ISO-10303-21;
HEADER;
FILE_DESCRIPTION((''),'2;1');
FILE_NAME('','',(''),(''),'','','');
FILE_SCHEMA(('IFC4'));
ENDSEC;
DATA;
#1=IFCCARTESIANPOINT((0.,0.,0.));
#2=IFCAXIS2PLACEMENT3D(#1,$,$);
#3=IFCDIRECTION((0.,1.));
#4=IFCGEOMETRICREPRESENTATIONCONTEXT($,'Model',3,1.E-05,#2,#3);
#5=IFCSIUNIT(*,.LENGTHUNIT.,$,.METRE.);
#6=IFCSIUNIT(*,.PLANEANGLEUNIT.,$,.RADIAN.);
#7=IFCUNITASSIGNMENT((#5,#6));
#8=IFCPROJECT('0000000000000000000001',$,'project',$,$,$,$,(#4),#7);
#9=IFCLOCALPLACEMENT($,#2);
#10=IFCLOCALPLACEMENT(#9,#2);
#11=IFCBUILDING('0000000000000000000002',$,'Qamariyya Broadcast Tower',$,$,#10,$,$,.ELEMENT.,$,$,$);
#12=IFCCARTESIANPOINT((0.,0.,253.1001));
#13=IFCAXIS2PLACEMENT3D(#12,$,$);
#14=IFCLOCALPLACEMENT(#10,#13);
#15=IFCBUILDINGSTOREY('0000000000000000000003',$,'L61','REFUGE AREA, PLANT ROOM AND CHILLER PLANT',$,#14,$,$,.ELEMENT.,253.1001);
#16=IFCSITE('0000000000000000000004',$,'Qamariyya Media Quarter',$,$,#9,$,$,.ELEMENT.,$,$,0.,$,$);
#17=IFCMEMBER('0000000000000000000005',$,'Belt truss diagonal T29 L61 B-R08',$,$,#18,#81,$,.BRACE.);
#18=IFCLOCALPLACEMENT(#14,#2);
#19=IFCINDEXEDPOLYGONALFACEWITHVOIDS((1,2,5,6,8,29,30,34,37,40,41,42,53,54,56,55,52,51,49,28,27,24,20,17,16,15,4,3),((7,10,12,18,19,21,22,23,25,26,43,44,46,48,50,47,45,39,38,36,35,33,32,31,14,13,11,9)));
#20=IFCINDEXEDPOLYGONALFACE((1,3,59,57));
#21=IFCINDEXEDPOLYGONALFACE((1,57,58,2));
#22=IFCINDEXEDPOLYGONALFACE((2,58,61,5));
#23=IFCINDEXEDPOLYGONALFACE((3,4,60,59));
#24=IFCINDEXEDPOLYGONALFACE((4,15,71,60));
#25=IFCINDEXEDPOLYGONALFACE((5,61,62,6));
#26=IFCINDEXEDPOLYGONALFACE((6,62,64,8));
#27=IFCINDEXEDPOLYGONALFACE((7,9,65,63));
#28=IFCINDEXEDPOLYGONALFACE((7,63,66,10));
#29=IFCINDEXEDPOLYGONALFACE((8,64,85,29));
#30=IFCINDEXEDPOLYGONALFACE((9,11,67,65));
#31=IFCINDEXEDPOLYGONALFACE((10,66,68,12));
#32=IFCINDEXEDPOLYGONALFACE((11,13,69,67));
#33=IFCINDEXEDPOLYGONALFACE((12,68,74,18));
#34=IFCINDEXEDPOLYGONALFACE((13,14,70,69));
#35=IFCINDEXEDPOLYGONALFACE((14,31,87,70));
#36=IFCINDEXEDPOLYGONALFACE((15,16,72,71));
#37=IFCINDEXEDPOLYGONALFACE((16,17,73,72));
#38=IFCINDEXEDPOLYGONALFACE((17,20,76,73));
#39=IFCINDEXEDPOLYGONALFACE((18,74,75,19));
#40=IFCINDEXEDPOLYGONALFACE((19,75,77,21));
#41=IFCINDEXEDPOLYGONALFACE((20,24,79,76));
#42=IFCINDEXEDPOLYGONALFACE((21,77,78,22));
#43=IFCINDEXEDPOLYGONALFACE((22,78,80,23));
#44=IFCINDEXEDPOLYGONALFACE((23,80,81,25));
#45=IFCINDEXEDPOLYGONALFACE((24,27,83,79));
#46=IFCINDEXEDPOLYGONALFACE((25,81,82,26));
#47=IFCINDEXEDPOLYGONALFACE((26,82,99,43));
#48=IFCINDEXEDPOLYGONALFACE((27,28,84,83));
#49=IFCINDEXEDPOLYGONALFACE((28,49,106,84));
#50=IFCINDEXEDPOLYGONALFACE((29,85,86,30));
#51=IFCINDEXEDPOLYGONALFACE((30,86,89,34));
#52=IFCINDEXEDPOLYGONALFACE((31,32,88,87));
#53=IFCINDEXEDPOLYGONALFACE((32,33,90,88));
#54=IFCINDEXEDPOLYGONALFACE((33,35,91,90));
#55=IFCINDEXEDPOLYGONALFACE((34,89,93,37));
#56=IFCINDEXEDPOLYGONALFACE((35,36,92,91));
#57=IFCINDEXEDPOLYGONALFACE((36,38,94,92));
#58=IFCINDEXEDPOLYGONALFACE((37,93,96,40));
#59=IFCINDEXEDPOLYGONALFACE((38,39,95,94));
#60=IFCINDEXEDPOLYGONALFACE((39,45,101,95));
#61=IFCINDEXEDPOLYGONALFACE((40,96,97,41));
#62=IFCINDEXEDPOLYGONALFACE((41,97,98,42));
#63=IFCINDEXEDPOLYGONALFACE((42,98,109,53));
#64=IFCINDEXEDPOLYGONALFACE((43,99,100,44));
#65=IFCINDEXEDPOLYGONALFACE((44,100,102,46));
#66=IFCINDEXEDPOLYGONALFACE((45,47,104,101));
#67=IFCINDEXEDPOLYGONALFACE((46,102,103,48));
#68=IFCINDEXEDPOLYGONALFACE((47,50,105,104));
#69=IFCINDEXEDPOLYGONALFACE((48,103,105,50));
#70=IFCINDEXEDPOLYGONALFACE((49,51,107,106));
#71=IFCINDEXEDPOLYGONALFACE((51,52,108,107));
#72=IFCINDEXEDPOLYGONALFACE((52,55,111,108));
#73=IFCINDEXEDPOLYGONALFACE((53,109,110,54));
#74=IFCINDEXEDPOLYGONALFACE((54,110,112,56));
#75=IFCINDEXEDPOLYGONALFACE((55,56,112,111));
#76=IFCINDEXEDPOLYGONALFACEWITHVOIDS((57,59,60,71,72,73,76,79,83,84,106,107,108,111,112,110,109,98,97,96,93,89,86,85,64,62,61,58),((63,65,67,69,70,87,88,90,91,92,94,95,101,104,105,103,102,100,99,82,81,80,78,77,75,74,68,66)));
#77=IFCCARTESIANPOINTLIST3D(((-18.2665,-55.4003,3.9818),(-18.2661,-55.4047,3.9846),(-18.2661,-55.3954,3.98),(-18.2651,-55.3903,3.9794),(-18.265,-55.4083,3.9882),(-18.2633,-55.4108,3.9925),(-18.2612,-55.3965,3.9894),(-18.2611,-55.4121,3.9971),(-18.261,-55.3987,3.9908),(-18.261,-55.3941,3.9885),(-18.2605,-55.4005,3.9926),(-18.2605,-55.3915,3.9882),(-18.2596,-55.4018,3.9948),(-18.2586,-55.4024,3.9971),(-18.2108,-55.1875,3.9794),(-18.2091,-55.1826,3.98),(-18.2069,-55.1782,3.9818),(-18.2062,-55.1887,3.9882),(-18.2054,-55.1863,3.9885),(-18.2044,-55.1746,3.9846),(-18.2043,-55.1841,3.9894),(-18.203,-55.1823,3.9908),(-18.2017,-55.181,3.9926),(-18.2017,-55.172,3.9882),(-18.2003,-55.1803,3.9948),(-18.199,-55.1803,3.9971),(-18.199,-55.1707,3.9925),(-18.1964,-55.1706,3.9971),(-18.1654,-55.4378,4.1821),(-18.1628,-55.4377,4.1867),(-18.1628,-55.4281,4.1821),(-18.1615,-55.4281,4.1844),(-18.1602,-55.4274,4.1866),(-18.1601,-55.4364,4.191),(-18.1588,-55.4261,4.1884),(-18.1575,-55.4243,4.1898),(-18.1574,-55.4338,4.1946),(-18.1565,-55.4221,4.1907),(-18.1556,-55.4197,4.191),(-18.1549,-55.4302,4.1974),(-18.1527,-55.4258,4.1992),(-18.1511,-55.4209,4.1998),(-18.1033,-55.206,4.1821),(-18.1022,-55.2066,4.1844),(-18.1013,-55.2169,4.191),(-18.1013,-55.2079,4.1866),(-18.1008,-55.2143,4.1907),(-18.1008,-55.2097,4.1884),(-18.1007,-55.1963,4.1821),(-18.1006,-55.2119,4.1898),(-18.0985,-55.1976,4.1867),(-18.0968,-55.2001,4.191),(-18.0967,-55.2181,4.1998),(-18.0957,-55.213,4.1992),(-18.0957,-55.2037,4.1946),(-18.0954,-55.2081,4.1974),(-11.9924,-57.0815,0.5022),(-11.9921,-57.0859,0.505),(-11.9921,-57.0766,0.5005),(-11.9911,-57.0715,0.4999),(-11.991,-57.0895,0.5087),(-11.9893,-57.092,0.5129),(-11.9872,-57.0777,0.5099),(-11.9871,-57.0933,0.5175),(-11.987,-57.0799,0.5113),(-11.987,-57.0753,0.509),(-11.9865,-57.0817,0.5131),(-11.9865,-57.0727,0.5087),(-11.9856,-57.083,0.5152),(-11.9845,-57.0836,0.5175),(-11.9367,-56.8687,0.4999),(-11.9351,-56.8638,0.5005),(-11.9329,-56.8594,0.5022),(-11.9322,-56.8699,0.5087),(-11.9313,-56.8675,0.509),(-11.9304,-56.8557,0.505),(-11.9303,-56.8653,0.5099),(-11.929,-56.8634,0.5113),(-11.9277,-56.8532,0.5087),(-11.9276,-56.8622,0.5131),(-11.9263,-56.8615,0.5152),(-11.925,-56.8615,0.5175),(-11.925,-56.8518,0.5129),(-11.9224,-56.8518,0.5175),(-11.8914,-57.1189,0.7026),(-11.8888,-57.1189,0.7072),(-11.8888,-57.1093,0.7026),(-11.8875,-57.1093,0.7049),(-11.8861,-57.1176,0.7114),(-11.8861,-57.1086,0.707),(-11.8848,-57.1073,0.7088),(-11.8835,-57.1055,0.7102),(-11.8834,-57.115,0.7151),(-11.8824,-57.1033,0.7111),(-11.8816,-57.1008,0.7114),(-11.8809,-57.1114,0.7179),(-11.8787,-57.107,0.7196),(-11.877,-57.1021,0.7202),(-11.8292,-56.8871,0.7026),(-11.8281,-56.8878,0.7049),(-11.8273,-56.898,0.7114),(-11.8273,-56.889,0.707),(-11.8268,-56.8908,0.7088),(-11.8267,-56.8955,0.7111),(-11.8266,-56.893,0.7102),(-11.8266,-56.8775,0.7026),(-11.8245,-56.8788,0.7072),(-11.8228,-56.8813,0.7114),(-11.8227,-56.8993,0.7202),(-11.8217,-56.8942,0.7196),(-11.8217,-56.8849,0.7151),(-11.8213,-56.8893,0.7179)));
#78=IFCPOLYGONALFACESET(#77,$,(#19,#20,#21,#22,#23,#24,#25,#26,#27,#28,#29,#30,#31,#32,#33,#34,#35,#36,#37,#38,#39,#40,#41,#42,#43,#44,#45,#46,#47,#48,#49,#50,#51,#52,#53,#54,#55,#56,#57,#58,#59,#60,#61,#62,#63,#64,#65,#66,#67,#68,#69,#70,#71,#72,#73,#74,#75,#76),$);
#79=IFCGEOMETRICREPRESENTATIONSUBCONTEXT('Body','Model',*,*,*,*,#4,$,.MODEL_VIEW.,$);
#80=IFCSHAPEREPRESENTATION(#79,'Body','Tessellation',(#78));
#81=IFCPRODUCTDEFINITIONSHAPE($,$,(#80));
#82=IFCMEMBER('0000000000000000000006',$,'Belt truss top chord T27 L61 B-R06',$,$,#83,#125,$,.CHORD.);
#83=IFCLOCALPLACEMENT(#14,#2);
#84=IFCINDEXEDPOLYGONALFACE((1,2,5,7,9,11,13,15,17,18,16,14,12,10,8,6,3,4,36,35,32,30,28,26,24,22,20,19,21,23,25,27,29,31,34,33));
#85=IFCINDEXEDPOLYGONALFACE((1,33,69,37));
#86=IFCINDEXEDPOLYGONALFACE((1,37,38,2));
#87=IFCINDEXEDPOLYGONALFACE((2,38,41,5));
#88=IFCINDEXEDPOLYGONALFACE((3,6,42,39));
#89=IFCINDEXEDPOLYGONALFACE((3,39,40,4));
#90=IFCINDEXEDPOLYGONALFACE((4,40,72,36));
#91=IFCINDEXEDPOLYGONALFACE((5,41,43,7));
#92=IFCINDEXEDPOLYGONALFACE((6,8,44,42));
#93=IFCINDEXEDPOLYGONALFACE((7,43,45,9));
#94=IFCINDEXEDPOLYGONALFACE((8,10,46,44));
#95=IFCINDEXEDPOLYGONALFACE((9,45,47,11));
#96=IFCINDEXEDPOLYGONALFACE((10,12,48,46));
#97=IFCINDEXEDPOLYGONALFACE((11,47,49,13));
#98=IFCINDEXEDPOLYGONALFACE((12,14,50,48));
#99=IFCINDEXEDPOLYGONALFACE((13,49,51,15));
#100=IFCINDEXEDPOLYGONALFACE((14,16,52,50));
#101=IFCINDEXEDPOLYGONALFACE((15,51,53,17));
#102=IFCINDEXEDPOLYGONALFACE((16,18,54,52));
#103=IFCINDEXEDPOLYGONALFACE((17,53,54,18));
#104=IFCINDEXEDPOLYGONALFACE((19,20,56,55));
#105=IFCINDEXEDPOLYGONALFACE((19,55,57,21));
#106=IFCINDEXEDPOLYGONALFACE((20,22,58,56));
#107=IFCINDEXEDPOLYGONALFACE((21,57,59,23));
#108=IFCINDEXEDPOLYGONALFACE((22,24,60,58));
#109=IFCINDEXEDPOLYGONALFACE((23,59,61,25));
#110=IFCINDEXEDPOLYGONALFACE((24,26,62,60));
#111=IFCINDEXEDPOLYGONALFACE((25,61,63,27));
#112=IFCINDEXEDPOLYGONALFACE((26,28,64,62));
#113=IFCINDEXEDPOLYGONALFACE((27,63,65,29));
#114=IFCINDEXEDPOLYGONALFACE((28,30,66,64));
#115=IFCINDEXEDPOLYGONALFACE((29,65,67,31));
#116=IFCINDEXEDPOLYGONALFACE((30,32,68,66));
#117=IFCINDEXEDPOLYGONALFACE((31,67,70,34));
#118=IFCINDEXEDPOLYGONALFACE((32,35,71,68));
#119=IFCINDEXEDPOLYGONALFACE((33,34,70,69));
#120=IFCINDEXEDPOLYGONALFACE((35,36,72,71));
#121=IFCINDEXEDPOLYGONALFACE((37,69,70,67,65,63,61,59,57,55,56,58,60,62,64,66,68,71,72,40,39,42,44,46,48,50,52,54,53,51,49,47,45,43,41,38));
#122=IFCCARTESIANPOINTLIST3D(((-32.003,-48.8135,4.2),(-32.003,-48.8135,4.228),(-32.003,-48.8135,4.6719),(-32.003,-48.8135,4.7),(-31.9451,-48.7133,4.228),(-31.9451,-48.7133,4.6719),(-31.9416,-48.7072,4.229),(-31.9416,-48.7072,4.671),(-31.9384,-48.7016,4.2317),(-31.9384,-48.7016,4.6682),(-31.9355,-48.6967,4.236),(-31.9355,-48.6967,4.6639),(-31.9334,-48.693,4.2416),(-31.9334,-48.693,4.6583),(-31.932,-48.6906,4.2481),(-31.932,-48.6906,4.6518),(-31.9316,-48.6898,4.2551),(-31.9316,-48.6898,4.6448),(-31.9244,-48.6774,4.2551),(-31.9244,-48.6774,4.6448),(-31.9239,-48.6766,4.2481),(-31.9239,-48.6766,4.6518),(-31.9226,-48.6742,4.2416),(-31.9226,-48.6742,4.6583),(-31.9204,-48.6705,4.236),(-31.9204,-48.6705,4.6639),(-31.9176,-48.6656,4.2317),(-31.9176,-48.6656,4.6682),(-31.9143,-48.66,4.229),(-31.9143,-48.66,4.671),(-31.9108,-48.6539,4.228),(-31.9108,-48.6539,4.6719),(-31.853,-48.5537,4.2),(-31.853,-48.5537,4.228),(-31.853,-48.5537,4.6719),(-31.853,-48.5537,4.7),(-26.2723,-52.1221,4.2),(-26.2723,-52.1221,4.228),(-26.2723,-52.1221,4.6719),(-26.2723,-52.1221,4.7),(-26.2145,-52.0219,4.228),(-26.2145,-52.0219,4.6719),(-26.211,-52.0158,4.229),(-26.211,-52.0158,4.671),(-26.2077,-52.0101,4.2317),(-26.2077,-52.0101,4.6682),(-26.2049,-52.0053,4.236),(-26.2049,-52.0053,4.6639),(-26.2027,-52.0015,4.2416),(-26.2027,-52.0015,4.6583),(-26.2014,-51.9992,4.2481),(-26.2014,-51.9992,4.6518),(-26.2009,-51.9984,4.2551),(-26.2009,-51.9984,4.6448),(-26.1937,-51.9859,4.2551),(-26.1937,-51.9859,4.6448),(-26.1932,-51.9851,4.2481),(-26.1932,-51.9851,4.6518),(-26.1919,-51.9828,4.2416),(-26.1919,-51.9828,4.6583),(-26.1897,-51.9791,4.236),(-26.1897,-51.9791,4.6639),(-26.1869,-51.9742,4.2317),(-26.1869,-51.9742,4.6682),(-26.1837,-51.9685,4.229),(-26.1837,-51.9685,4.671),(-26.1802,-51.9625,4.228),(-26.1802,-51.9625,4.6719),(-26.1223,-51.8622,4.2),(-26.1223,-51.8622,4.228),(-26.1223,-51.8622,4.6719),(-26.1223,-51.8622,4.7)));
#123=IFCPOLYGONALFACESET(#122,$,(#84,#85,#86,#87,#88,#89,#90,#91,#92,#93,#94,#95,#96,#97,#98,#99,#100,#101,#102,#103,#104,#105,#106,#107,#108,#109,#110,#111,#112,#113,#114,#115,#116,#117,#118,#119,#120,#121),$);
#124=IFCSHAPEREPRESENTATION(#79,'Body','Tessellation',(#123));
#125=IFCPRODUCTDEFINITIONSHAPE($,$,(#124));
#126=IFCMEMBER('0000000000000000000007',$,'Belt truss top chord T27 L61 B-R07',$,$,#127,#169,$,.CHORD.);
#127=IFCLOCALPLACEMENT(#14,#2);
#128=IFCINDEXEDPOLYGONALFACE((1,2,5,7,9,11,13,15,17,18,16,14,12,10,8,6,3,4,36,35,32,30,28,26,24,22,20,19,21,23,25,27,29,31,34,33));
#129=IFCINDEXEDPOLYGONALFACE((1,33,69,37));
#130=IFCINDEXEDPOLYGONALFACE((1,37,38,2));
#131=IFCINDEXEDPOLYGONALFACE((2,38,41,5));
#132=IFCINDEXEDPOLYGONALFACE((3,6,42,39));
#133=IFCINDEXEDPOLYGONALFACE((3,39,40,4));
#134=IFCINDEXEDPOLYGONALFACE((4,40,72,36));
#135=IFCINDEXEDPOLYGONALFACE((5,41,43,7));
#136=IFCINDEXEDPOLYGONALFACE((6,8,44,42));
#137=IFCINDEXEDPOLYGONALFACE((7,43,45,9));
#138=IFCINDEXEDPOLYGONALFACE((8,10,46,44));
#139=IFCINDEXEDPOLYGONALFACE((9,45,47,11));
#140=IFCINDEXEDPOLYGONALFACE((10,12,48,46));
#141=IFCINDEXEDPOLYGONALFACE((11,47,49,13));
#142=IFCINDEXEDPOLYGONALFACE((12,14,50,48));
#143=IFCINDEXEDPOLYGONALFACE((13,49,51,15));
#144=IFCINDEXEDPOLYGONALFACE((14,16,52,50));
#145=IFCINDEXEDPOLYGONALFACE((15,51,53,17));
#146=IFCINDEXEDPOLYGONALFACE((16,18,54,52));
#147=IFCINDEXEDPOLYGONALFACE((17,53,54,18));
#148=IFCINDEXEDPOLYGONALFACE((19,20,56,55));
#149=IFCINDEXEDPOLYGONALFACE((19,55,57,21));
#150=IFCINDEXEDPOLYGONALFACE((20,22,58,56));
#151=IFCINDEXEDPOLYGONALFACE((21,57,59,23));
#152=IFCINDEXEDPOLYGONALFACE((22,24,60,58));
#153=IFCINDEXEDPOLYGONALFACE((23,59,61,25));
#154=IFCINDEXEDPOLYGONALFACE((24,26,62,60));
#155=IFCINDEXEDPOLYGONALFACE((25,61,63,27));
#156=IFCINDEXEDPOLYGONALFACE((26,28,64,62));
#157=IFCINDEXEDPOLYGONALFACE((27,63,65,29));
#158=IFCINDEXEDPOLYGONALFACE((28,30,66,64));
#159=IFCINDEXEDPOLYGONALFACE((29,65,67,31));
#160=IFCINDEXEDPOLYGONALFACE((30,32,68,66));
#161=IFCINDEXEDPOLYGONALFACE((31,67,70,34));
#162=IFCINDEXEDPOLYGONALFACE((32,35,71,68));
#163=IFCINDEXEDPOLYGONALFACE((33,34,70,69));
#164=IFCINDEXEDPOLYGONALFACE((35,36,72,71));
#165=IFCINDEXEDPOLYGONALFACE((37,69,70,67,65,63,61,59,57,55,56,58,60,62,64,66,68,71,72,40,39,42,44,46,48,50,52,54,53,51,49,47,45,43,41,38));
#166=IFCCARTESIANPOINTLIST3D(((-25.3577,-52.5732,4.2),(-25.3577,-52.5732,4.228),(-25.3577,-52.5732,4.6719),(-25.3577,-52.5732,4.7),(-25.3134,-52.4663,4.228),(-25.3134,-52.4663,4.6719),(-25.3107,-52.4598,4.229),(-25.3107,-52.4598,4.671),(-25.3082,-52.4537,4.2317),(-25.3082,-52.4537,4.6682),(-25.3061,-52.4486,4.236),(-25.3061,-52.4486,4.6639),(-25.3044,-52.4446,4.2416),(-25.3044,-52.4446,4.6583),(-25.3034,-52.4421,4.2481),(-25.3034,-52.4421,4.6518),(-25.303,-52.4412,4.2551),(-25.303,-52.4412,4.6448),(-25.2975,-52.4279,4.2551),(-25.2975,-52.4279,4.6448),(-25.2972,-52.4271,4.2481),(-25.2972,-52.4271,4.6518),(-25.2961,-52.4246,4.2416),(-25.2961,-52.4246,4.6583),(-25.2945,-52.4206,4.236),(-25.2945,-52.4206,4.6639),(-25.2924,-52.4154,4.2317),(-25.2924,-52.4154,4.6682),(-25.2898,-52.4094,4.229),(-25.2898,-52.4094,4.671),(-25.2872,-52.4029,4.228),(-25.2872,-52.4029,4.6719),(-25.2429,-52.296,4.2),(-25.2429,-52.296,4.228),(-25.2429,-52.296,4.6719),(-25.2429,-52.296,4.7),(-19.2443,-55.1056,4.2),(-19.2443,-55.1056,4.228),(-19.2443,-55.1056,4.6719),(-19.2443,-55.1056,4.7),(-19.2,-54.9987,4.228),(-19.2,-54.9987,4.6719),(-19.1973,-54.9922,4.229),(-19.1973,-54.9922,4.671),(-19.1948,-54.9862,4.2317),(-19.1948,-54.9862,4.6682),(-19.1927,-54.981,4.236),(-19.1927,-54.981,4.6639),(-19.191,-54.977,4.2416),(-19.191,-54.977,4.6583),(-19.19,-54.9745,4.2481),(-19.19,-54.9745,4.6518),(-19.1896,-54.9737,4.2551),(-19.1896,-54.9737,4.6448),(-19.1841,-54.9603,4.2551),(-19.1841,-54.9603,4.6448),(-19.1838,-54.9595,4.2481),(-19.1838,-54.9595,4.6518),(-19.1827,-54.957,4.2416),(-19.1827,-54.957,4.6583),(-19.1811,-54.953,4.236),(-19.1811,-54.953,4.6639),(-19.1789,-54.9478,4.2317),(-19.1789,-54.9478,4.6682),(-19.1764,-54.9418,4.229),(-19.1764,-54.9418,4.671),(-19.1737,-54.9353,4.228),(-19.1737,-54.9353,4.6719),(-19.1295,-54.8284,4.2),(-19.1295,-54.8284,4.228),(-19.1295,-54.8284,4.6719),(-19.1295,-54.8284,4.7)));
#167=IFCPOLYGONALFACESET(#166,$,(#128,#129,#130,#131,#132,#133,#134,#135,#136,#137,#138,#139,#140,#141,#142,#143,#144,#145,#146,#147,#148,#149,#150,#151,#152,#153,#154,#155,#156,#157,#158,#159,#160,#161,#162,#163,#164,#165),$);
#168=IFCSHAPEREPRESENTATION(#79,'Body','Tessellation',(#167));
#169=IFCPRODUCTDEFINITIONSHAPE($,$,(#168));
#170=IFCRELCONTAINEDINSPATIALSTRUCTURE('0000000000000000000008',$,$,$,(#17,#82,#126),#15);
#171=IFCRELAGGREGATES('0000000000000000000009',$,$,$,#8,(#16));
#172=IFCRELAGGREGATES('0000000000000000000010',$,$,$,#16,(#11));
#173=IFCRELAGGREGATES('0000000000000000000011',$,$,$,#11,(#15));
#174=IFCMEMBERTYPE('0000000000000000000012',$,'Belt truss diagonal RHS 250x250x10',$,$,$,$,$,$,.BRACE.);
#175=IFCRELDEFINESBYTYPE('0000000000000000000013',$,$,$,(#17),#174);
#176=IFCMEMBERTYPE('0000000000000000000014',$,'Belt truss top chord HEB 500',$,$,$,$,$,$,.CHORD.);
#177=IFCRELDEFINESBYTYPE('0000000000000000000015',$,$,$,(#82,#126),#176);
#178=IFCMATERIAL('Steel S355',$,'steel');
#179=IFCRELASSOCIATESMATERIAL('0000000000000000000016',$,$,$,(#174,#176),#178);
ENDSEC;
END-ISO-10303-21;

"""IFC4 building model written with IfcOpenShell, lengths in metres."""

from ifc_helpers import new_model, si_unit, direction, frame, origin, origin_2d, place, context, subcontext, project, spatial, hollow_rectangle, i_section, extrude, material, material_profile, profile_set, type_object, element, save


model = new_model("IFC4")

# Units and contexts
model_context = context("Model", 3, precision=1e-05, world=origin(), true_north=direction((0.0, 1.0)))
body_context = subcontext(model_context, "Body", "Model", "MODEL_VIEW")
ifc_project = project(units=[si_unit("LENGTHUNIT", "METRE"), si_unit("PLANEANGLEUNIT", "RADIAN")], contexts=[model_context])

# Site, building, storey
site_placement = place(None, origin())
site = spatial("IfcSite", under=ifc_project, at=site_placement, Name="Qamariyya Media Quarter", CompositionType="ELEMENT", RefElevation=0.0)
building_placement = place(site_placement, origin())
building = spatial("IfcBuilding", under=site, at=building_placement, Name="Qamariyya Broadcast Tower", CompositionType="ELEMENT")
storey_placement = place(building_placement, frame((0.0, 0.0, 253.1001)))
storey = spatial("IfcBuildingStorey", under=building, at=storey_placement, Name="L61", Description="REFUGE AREA, PLANT ROOM AND CHILLER PLANT", CompositionType="ELEMENT", Elevation=253.1001)

# Members
ifc_material_1 = material(Name="Steel S355", Category="steel")
ifc_material_profile_1 = material_profile(ifc_material_1, hollow_rectangle(XDim=0.25, YDim=0.25, WallThickness=0.01, InnerFilletRadius=0.01, OuterFilletRadius=0.02, at=origin_2d()))
ifc_profile_set_1 = profile_set([ifc_material_profile_1], Name="Steel S355")
member_type_1 = type_object("IfcMemberType", Name="Belt truss diagonal RHS 250x250x10", PredefinedType="BRACE", material=ifc_profile_set_1)
member_1_placement = place(storey_placement, frame((-18.1809, -55.3042, 4.0896), z_axis=(0.851448, -0.228153, -0.47221), x_axis=(0.258828, 0.965924, 0.0)))
element("IfcMember", 1, at=member_1_placement, inside=storey, type_object=member_type_1, Name="Belt truss diagonal T29 L61 B-R08", PredefinedType="BRACE", context=body_context, shape_type="SweptSolid", body=[
    extrude(hollow_rectangle(XDim=0.25, YDim=0.25, WallThickness=0.01, InnerFilletRadius=0.01, OuterFilletRadius=0.02, at=origin_2d()), origin(), (0.0, 0.0, 1.0), 7.3687),
])
ifc_material_profile_2 = material_profile(ifc_material_1, i_section(OverallWidth=0.3, OverallDepth=0.5, WebThickness=0.0144, FlangeThickness=0.0281, FilletRadius=0.0271, at=origin_2d()))
ifc_profile_set_2 = profile_set([ifc_material_profile_2], Name="Steel S355")
member_type_2 = type_object("IfcMemberType", Name="Belt truss top chord HEB 500", PredefinedType="CHORD", material=ifc_profile_set_2)
for number, where, z_axis, x_axis, name in (
    (2, (-31.928, -48.6836, 4.45), (0.866028, -0.499996, 0.0), (0.499996, 0.866028, 0.0), "Belt truss top chord T27 L61 B-R06"),
    (3, (-25.3003, -52.4346, 4.45), (0.923871, -0.382705, 0.0), (0.382705, 0.923871, 0.0), "Belt truss top chord T27 L61 B-R07"),
):
    element("IfcMember", number, at=place(storey_placement, frame(where, z_axis=z_axis, x_axis=x_axis)), inside=storey, type_object=member_type_2, Name=name, PredefinedType="CHORD", context=body_context, shape_type="SweptSolid", body=[
        extrude(i_section(OverallWidth=0.3, OverallDepth=0.5, WebThickness=0.0144, FlangeThickness=0.0281, FilletRadius=0.0271, at=origin_2d()), origin(), (0.0, 0.0, 1.0), 6.6172),
    ])

save(model, "model.ifc")
